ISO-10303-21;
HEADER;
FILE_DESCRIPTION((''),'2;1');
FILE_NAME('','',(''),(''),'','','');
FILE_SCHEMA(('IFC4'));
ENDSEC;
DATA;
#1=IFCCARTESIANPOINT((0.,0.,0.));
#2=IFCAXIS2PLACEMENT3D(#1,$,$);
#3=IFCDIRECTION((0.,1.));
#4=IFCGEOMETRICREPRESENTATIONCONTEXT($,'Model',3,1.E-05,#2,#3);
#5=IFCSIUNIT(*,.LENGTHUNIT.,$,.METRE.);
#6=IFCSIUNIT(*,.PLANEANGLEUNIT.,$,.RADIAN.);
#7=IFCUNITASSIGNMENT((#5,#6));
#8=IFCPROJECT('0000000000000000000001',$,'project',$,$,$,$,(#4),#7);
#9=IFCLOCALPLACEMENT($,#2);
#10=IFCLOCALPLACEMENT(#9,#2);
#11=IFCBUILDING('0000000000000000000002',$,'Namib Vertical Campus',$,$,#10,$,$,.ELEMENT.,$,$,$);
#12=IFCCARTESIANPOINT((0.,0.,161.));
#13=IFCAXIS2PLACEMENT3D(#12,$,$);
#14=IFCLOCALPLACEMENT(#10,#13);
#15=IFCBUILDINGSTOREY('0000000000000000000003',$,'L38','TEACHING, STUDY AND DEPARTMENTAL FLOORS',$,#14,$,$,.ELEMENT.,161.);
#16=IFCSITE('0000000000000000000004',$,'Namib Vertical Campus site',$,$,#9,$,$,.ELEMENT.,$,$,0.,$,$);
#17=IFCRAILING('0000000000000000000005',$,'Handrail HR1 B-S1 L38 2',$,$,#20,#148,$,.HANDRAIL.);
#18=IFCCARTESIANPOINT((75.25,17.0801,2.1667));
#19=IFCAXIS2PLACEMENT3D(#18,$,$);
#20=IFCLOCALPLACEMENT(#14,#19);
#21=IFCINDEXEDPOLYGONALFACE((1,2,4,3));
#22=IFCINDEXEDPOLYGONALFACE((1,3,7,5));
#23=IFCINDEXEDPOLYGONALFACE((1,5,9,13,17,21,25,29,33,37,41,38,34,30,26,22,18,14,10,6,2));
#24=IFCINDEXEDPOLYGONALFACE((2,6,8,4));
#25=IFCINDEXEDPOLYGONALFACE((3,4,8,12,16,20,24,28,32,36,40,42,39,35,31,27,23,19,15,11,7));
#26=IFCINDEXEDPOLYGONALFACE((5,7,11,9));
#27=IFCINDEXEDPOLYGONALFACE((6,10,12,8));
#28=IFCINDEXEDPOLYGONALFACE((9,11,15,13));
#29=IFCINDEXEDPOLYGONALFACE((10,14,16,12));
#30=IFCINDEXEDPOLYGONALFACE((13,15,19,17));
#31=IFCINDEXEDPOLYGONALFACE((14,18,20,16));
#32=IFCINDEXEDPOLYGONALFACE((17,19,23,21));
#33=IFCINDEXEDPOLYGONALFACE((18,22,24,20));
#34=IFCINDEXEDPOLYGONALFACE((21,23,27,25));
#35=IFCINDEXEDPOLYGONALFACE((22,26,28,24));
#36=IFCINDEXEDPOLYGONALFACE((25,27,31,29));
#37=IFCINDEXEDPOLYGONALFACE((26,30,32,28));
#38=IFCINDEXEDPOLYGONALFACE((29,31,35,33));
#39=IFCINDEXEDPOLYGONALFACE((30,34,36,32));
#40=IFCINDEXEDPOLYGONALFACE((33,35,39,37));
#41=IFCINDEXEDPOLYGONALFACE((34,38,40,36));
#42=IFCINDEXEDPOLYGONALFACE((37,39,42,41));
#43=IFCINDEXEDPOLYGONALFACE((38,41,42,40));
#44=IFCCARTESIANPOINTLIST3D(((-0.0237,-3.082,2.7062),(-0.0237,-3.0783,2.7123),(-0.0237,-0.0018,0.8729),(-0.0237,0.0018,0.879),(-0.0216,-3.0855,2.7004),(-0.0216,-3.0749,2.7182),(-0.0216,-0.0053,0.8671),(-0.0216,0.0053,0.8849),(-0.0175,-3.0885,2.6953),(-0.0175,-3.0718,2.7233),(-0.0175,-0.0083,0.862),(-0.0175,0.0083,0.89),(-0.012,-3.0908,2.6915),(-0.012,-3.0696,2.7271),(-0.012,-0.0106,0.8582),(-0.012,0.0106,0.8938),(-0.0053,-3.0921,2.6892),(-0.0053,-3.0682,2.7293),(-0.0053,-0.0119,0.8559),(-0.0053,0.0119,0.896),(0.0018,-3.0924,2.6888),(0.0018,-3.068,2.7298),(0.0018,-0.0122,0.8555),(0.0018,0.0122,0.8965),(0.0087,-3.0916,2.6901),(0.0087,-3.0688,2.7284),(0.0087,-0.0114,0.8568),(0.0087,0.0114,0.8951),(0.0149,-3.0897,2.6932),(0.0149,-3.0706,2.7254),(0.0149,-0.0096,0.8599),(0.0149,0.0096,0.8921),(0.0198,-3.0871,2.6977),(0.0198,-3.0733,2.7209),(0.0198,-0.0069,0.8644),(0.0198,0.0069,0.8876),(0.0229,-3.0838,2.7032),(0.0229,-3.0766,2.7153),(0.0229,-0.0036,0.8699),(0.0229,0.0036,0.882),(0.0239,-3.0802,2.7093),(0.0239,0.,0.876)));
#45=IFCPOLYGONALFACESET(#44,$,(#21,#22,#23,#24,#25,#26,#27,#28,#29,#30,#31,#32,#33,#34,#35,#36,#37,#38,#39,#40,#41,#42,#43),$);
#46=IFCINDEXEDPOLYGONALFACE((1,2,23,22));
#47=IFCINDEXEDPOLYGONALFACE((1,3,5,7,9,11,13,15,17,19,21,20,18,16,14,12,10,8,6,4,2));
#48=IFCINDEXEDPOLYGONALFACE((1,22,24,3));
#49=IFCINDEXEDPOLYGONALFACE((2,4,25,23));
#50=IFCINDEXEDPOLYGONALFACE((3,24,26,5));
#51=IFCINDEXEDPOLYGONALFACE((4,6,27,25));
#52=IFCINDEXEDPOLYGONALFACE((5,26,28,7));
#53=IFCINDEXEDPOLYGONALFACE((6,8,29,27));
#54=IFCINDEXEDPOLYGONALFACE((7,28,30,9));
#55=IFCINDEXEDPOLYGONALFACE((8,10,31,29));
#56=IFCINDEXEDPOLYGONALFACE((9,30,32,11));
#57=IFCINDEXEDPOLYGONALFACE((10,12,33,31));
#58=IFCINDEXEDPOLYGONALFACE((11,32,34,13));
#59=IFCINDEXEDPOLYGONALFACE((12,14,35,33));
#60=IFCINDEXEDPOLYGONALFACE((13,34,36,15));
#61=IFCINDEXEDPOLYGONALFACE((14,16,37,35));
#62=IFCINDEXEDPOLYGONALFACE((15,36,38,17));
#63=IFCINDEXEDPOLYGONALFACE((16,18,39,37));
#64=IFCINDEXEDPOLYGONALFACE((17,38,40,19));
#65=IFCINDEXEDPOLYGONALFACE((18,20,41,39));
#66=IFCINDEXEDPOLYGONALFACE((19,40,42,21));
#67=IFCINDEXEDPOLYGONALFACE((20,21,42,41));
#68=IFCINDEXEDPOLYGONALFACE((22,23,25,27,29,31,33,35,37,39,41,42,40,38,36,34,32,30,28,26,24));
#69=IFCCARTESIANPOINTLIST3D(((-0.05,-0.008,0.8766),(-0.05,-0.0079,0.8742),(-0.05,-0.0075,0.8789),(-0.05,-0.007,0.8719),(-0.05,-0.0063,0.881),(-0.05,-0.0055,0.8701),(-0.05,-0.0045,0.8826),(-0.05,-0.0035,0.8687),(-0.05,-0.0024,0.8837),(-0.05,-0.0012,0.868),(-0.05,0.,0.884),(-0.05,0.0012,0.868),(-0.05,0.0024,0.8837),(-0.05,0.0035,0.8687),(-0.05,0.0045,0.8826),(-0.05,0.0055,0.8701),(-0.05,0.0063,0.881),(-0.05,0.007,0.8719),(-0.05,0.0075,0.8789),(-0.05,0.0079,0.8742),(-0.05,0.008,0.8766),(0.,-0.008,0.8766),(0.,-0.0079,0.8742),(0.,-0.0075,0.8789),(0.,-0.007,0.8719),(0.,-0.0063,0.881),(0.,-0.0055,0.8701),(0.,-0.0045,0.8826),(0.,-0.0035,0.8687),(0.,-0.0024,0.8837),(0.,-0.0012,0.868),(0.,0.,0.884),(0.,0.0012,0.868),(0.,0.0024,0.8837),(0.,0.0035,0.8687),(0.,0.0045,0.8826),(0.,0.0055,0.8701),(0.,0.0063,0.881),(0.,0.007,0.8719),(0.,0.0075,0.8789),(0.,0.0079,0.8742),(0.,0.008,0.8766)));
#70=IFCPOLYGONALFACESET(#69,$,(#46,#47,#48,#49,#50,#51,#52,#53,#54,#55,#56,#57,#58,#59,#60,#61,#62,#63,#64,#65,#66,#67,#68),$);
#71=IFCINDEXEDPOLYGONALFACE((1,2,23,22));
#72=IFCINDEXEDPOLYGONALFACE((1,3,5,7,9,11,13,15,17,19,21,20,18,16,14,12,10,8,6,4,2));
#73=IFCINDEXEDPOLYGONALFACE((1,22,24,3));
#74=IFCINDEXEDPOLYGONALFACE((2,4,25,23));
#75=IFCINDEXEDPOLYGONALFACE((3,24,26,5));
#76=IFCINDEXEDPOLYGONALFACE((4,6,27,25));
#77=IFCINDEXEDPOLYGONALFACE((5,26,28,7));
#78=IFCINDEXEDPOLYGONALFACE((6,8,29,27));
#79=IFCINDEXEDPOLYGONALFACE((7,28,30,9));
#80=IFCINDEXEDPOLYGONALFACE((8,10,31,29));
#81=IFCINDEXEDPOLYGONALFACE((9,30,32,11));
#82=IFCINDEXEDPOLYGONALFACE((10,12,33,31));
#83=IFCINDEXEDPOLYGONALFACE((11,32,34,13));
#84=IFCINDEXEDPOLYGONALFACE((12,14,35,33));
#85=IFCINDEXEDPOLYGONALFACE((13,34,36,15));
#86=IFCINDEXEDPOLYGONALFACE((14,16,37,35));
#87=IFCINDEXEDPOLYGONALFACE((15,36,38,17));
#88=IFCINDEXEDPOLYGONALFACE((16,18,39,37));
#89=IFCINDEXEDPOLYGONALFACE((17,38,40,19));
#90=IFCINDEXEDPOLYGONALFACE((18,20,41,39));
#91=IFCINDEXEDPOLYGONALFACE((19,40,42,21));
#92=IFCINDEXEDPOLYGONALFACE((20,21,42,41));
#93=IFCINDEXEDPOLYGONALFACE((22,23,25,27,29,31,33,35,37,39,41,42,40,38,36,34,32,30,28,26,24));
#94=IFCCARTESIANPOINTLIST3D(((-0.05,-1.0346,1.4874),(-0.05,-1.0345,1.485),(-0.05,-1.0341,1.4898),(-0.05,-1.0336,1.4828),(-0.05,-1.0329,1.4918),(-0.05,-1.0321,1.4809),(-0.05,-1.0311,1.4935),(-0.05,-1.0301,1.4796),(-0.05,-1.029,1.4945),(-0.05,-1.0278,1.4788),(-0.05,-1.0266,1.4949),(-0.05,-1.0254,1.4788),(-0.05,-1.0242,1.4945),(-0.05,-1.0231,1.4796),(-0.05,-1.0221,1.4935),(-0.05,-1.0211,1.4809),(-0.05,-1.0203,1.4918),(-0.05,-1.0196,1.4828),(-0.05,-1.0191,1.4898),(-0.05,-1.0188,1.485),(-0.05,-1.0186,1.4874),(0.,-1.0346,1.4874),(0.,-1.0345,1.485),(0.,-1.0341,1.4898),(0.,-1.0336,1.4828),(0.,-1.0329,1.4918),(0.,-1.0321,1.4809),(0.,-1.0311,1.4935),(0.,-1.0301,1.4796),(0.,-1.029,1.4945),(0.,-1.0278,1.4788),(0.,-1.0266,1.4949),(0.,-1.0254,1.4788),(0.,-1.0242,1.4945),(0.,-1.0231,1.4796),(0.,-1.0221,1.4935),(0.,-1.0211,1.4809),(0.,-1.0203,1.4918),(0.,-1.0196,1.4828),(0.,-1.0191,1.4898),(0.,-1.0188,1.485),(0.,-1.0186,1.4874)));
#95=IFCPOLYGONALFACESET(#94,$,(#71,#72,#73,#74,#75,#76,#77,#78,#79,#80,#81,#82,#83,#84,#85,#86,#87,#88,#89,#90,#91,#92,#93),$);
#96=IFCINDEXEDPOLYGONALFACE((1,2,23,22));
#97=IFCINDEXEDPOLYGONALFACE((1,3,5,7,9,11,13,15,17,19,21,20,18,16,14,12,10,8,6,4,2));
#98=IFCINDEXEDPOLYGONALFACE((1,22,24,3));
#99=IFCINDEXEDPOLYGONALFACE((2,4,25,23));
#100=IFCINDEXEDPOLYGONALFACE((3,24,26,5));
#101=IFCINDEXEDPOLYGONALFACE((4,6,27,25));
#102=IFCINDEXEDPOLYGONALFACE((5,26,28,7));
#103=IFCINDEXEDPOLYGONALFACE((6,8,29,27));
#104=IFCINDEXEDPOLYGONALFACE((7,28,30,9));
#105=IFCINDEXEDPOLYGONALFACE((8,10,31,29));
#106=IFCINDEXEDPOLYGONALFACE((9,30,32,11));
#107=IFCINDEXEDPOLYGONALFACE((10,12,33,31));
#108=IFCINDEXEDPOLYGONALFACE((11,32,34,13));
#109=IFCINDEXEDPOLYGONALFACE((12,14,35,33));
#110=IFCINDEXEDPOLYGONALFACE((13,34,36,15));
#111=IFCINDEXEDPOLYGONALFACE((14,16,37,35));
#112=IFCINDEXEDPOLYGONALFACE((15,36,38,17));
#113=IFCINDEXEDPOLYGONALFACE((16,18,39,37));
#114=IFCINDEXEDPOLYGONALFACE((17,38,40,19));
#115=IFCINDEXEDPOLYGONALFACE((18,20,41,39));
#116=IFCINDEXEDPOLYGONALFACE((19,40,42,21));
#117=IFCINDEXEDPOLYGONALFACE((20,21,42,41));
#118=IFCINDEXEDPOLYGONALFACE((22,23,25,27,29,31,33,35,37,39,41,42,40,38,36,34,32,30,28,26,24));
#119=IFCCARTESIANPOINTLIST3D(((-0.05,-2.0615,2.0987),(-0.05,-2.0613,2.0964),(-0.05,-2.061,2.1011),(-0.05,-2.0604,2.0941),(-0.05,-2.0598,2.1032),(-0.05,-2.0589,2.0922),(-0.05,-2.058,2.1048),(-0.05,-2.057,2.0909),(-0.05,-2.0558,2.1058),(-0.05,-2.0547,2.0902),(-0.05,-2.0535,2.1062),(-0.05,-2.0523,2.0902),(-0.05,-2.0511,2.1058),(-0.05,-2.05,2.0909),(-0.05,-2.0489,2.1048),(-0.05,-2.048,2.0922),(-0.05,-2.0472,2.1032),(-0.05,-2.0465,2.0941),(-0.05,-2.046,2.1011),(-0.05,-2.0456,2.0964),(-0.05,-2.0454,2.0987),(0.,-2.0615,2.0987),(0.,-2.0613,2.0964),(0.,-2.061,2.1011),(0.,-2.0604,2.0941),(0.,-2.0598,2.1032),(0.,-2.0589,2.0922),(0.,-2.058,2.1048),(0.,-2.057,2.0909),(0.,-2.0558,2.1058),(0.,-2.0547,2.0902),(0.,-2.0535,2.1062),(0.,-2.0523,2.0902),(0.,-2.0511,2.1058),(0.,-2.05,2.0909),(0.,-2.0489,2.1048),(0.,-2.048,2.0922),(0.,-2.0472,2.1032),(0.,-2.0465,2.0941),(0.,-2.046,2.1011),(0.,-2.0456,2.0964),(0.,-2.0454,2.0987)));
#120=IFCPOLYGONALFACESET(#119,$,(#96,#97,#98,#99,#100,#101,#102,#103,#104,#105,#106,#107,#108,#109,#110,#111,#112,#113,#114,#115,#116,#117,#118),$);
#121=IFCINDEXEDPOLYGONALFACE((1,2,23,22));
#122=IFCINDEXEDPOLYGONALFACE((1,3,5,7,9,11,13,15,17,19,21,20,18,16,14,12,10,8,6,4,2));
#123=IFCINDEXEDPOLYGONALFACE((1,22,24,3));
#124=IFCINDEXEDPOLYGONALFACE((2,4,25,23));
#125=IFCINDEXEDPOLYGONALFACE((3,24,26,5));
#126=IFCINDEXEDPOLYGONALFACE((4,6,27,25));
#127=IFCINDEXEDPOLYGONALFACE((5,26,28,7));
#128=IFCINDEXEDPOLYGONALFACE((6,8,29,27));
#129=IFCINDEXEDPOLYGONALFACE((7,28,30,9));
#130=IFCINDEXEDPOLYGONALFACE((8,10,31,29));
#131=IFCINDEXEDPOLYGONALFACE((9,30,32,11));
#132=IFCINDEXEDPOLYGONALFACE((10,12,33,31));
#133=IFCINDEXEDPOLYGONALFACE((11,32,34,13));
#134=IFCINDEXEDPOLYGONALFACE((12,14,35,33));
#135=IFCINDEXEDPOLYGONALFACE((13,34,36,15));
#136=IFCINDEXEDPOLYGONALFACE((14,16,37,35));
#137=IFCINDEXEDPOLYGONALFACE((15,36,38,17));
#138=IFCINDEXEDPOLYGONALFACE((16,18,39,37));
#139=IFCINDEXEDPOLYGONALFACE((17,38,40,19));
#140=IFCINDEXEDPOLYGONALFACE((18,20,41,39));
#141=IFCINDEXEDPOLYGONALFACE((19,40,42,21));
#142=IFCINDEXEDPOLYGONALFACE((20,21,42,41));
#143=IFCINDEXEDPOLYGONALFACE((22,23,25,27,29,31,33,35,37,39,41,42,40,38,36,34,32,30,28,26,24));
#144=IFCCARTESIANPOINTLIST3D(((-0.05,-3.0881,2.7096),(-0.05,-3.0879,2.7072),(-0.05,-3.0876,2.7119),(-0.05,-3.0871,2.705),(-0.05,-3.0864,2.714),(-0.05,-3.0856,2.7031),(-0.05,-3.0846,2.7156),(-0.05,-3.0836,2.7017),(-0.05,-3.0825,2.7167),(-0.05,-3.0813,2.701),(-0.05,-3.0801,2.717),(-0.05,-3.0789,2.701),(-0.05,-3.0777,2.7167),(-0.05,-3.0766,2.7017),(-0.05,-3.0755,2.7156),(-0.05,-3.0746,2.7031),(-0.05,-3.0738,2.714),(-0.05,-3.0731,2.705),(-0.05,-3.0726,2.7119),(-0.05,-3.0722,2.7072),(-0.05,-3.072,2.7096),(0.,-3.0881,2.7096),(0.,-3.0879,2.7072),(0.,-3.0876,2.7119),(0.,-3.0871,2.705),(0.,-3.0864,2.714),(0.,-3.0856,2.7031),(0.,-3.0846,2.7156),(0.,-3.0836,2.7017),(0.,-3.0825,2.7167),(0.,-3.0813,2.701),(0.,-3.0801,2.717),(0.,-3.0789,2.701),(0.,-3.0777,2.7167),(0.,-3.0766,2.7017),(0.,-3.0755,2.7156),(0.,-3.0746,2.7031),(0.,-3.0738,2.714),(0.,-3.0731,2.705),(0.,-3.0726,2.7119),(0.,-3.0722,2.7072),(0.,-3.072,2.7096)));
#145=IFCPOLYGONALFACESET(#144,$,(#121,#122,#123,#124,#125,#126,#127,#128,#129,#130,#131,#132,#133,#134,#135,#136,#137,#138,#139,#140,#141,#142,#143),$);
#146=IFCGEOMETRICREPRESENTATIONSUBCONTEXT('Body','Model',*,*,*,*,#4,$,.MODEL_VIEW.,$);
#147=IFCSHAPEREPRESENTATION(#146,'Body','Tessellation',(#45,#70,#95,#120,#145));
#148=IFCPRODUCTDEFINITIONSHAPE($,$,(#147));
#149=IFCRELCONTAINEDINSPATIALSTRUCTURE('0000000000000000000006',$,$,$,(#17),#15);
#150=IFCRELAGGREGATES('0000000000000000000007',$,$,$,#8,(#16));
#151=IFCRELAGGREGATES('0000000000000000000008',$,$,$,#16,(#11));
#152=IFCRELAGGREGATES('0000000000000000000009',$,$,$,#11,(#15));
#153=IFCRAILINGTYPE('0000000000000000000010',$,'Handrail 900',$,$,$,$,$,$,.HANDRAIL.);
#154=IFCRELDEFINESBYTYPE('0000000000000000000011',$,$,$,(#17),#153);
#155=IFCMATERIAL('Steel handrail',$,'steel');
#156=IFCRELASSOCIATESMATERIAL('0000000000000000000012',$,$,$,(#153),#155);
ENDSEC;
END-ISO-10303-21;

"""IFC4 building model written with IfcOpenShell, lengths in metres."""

from ifc_helpers import new_model, si_unit, direction, frame, origin, origin_2d, place, context, subcontext, project, spatial, circle, extrude, material, type_object, element, save


model = new_model("IFC4")

# Units and contexts
model_context = context("Model", 3, precision=1e-05, world=origin(), true_north=direction((0.0, 1.0)))
body_context = subcontext(model_context, "Body", "Model", "MODEL_VIEW")
ifc_project = project(units=[si_unit("LENGTHUNIT", "METRE"), si_unit("PLANEANGLEUNIT", "RADIAN")], contexts=[model_context])

# Site, building, storey
site_placement = place(None, origin())
site = spatial("IfcSite", under=ifc_project, at=site_placement, Name="Namib Vertical Campus site", CompositionType="ELEMENT", RefElevation=0.0)
building_placement = place(site_placement, origin())
building = spatial("IfcBuilding", under=site, at=building_placement, Name="Namib Vertical Campus", CompositionType="ELEMENT")
storey_placement = place(building_placement, frame((0.0, 0.0, 161.0)))
storey = spatial("IfcBuildingStorey", under=building, at=storey_placement, Name="L38", Description="TEACHING, STUDY AND DEPARTMENTAL FLOORS", CompositionType="ELEMENT", Elevation=161.0)

# Railing
ifc_material_1 = material(Name="Steel handrail", Category="steel")
railing_type_1 = type_object("IfcRailingType", Name="Handrail 900", PredefinedType="HANDRAIL", material=ifc_material_1)
railing_1_placement = place(storey_placement, frame((75.25, 17.0801, 2.1667)))
element("IfcRailing", 1, at=railing_1_placement, inside=storey, type_object=railing_type_1, Name="Handrail HR1 B-S1 L38 2", PredefinedType="HANDRAIL", context=body_context, shape_type="SweptSolid", body=[
    extrude(circle(Radius=0.0239, at=origin_2d()), frame((0.0, 0.0, 0.876), z_axis=(0.0, -0.859309, 0.511458), x_axis=(1.0, 0.0, 0.0)), (0.0, 0.0, 1.0), 3.5845),
    extrude(circle(Radius=0.0081, at=origin_2d()), frame((0.0, 0.0, 0.876), z_axis=(-1.0, 0.0, 0.0), x_axis=(0.0, 0.0, 1.0)), (0.0, 0.0, 1.0), 0.05),
    extrude(circle(Radius=0.0081, at=origin_2d()), frame((0.0, -1.0266, 1.4868), z_axis=(-1.0, 0.0, 0.0), x_axis=(0.0, 0.0, 1.0)), (0.0, 0.0, 1.0), 0.05),
    extrude(circle(Radius=0.0081, at=origin_2d()), frame((0.0, -2.0535, 2.0981), z_axis=(-1.0, 0.0, 0.0), x_axis=(0.0, 0.0, 1.0)), (0.0, 0.0, 1.0), 0.05),
    extrude(circle(Radius=0.0081, at=origin_2d()), frame((0.0, -3.0801, 2.709), z_axis=(-1.0, 0.0, 0.0), x_axis=(0.0, 0.0, 1.0)), (0.0, 0.0, 1.0), 0.05),
])

save(model, "model.ifc")
